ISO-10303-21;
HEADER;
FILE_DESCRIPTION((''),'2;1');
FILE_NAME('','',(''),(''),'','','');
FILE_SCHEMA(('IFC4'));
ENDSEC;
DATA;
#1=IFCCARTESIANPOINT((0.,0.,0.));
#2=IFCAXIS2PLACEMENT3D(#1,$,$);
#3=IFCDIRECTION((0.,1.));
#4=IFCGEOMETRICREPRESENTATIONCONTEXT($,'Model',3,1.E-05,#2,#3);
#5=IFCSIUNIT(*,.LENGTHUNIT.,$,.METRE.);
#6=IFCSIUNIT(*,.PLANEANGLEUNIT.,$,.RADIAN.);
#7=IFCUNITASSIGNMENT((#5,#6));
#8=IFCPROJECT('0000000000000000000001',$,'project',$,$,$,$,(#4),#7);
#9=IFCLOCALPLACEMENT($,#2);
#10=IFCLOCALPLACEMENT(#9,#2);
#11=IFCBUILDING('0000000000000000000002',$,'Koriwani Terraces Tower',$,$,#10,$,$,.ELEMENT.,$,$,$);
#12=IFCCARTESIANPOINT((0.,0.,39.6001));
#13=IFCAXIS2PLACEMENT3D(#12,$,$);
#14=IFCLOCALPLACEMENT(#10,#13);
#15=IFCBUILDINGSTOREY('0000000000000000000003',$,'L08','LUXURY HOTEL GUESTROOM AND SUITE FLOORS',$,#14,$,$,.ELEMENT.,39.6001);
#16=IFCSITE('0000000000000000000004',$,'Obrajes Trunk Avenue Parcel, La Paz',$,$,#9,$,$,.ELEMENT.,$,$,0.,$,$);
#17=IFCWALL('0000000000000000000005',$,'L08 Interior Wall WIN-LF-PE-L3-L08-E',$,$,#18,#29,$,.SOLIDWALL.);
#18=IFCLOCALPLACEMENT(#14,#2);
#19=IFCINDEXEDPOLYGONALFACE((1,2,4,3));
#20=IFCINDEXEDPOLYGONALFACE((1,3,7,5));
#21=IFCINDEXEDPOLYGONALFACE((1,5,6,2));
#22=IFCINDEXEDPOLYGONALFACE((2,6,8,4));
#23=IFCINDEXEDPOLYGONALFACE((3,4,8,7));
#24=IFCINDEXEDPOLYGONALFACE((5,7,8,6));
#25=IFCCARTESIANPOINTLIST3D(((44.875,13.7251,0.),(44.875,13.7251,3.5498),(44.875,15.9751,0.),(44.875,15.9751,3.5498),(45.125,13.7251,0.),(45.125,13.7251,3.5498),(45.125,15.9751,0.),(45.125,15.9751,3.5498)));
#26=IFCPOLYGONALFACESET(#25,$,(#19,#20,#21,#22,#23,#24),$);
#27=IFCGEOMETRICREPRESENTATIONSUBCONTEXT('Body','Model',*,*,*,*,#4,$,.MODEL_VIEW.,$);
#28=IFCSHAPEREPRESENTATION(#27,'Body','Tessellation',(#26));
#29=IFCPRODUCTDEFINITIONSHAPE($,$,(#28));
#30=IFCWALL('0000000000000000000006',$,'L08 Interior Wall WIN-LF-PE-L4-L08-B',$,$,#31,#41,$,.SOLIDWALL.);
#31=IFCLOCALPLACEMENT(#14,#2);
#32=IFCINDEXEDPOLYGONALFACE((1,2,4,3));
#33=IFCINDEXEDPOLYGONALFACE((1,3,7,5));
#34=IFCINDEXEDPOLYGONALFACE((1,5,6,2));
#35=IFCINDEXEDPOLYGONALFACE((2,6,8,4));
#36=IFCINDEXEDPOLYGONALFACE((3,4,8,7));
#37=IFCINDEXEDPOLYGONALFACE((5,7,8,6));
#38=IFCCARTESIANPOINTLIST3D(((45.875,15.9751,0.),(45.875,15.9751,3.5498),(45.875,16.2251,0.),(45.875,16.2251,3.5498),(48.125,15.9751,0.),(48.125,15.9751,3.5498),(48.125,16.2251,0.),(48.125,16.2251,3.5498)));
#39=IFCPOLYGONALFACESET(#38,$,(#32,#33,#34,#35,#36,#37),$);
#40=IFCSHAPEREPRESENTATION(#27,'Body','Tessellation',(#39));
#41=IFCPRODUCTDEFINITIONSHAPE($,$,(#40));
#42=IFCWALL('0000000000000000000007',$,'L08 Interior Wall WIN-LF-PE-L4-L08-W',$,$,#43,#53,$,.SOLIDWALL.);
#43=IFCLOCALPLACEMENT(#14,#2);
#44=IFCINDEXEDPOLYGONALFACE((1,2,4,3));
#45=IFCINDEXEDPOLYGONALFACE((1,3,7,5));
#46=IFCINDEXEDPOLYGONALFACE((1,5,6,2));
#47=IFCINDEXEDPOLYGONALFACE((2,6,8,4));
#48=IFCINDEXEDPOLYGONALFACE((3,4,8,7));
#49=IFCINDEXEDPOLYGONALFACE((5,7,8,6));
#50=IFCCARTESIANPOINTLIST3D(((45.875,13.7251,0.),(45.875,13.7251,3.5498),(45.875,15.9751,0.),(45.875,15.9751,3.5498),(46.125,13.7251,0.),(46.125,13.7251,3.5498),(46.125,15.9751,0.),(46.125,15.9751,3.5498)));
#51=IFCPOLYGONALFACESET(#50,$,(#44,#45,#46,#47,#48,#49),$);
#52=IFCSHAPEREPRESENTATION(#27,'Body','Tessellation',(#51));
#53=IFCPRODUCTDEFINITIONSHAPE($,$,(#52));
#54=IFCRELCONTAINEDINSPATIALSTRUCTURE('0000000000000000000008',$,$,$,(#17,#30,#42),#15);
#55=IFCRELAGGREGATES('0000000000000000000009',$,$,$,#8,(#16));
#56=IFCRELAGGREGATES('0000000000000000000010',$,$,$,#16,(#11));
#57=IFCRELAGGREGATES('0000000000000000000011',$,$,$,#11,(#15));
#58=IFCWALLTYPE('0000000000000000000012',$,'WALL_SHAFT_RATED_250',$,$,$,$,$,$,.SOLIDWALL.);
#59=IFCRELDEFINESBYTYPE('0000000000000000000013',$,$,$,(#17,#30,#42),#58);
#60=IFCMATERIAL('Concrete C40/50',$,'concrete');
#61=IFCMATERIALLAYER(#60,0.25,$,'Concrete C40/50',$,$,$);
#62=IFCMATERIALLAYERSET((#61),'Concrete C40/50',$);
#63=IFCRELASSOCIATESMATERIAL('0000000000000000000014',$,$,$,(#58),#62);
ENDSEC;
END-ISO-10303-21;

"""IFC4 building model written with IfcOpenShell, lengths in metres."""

from ifc_helpers import new_model, si_unit, direction, frame, frame_2d, origin, place, context, subcontext, project, spatial, rectangle, extrude, material, layer, layer_set, type_object, element, save


model = new_model("IFC4")

# Units and contexts
model_context = context("Model", 3, precision=1e-05, world=origin(), true_north=direction((0.0, 1.0)))
body_context = subcontext(model_context, "Body", "Model", "MODEL_VIEW")
ifc_project = project(units=[si_unit("LENGTHUNIT", "METRE"), si_unit("PLANEANGLEUNIT", "RADIAN")], contexts=[model_context])

# Site, building, storey
site_placement = place(None, origin())
site = spatial("IfcSite", under=ifc_project, at=site_placement, Name="Obrajes Trunk Avenue Parcel, La Paz", CompositionType="ELEMENT", RefElevation=0.0)
building_placement = place(site_placement, origin())
building = spatial("IfcBuilding", under=site, at=building_placement, Name="Koriwani Terraces Tower", CompositionType="ELEMENT")
storey_placement = place(building_placement, frame((0.0, 0.0, 39.6001)))
storey = spatial("IfcBuildingStorey", under=building, at=storey_placement, Name="L08", Description="LUXURY HOTEL GUESTROOM AND SUITE FLOORS", CompositionType="ELEMENT", Elevation=39.6001)

# Shared definitions
ifc_material_1 = material(Name="Concrete C40/50", Category="concrete")
ifc_layer_1 = layer(ifc_material_1, 0.25, Name="Concrete C40/50")
ifc_layer_set_1 = layer_set([ifc_layer_1], Name="Concrete C40/50")
wall_type_1 = type_object("IfcWallType", Name="WALL_SHAFT_RATED_250", PredefinedType="SOLIDWALL", material=ifc_layer_set_1)

# Wall
for number, where, z_axis, x_axis, name in (
    (1, (45.0, 13.7251, 0.0), (0.0, 0.0, 1.0), (0.0, 1.0, 0.0), "L08 Interior Wall WIN-LF-PE-L3-L08-E"),
):
    element("IfcWall", number, at=place(storey_placement, frame(where, z_axis=z_axis, x_axis=x_axis)), inside=storey, type_object=wall_type_1, Name=name, PredefinedType="SOLIDWALL", context=body_context, shape_type="SweptSolid", body=[
        extrude(rectangle(XDim=2.25, YDim=0.25, at=frame_2d((1.125, 0.0))), origin(), (0.0, 0.0, 1.0), 3.5498),
    ])

# Walls
for number, where, z_axis, x_axis, name in (
    (2, (45.875, 16.1001, 0.0), (0.0, 0.0, 1.0), (1.0, 0.0, 0.0), "L08 Interior Wall WIN-LF-PE-L4-L08-B"),
    (3, (46.0, 13.7251, 0.0), (0.0, 0.0, 1.0), (0.0, 1.0, 0.0), "L08 Interior Wall WIN-LF-PE-L4-L08-W"),
):
    element("IfcWall", number, at=place(storey_placement, frame(where, z_axis=z_axis, x_axis=x_axis)), inside=storey, type_object=wall_type_1, Name=name, PredefinedType="SOLIDWALL", context=body_context, shape_type="SweptSolid", body=[
        extrude(rectangle(XDim=2.25, YDim=0.25, at=frame_2d((1.125, 0.0))), origin(), (0.0, 0.0, 1.0), 3.5498),
    ])

save(model, "model.ifc")
